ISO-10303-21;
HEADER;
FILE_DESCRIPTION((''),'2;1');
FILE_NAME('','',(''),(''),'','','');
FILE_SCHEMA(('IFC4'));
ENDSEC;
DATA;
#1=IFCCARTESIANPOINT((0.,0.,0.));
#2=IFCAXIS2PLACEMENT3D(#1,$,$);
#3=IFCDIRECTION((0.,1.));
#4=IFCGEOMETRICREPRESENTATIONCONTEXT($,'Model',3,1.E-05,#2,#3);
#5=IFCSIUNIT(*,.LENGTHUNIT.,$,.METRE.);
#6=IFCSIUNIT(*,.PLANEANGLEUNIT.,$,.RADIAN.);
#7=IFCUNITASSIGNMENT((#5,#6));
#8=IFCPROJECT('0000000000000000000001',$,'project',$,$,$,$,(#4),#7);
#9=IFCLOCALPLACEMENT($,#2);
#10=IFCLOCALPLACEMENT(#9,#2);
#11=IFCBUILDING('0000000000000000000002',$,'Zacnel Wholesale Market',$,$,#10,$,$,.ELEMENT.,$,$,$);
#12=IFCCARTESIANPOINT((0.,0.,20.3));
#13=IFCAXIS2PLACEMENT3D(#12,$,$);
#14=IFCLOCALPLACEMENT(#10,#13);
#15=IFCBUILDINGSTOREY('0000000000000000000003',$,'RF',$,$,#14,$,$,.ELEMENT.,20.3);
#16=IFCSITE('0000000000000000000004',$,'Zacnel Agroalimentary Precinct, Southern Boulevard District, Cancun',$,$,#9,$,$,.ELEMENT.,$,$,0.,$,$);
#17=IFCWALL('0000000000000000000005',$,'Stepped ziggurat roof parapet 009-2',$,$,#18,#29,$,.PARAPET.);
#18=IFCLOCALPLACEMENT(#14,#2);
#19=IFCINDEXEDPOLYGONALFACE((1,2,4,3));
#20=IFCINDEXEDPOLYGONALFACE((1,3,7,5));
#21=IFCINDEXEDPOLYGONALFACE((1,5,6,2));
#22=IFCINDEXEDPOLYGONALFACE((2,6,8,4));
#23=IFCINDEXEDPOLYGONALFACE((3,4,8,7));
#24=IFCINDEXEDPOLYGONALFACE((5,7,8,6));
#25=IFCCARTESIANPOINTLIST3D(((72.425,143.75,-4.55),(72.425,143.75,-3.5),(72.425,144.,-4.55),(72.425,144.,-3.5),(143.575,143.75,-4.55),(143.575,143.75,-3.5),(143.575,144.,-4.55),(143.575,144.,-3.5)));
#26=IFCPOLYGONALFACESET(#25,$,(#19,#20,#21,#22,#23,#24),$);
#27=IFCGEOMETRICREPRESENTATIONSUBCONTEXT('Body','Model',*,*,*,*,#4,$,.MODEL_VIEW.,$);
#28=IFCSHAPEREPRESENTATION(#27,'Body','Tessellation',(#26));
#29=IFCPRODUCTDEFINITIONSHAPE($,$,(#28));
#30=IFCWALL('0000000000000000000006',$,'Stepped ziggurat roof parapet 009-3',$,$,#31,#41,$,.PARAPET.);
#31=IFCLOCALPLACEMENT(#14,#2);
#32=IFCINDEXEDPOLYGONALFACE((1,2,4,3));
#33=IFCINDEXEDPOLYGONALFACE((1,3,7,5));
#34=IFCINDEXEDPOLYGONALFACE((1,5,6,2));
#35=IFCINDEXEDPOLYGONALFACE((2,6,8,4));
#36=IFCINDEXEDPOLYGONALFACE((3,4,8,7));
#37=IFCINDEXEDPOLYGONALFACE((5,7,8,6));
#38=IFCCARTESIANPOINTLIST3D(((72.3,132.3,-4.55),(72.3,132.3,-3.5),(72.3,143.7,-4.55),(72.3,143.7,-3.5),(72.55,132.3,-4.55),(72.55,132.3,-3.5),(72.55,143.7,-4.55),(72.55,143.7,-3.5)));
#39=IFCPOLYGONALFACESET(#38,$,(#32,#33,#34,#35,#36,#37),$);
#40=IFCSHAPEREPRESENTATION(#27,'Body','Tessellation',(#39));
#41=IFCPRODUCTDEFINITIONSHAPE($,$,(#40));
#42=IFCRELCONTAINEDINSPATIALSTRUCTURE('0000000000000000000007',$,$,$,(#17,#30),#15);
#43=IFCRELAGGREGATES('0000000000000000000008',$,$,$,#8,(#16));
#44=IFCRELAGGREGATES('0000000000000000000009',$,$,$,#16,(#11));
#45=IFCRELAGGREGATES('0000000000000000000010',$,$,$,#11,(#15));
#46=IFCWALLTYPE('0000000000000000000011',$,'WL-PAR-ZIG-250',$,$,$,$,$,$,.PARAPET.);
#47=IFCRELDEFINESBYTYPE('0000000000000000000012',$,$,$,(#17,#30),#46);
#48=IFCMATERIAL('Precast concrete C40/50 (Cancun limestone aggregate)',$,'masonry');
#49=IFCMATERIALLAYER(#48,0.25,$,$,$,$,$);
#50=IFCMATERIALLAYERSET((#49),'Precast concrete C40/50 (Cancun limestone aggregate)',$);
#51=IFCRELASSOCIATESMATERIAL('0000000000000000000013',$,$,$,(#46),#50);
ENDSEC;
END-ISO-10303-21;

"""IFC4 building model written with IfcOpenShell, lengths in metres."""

from ifc_helpers import new_model, si_unit, direction, frame, frame_2d, origin, place, context, subcontext, project, spatial, rectangle, extrude, material, layer, layer_set, type_object, element, save


model = new_model("IFC4")

# Units and contexts
model_context = context("Model", 3, precision=1e-05, world=origin(), true_north=direction((0.0, 1.0)))
body_context = subcontext(model_context, "Body", "Model", "MODEL_VIEW")
ifc_project = project(units=[si_unit("LENGTHUNIT", "METRE"), si_unit("PLANEANGLEUNIT", "RADIAN")], contexts=[model_context])

# Site, building, storey
site_placement = place(None, origin())
site = spatial("IfcSite", under=ifc_project, at=site_placement, Name="Zacnel Agroalimentary Precinct, Southern Boulevard District, Cancun", CompositionType="ELEMENT", RefElevation=0.0)
building_placement = place(site_placement, origin())
building = spatial("IfcBuilding", under=site, at=building_placement, Name="Zacnel Wholesale Market", CompositionType="ELEMENT")
storey_placement = place(building_placement, frame((0.0, 0.0, 20.3)))
storey = spatial("IfcBuildingStorey", under=building, at=storey_placement, Name="RF", CompositionType="ELEMENT", Elevation=20.3)

# Walls
ifc_material_1 = material(Name="Precast concrete C40/50 (Cancun limestone aggregate)", Category="masonry")
ifc_layer_1 = layer(ifc_material_1, 0.25)
ifc_layer_set_1 = layer_set([ifc_layer_1], Name="Precast concrete C40/50 (Cancun limestone aggregate)")
wall_type = type_object("IfcWallType", Name="WL-PAR-ZIG-250", PredefinedType="PARAPET", material=ifc_layer_set_1)
for number, where, z_axis, x_axis, name in (
    (1, (72.425, 143.875, -4.55), (0.0, 0.0, 1.0), (1.0, 0.0, 0.0), "Stepped ziggurat roof parapet 009-2"),
):
    element("IfcWall", number, at=place(storey_placement, frame(where, z_axis=z_axis, x_axis=x_axis)), inside=storey, type_object=wall_type, Name=name, PredefinedType="PARAPET", context=body_context, shape_type="SweptSolid", body=[
        extrude(rectangle(XDim=71.1499, YDim=0.25, at=frame_2d((35.575, 0.0))), origin(), (0.0, 0.0, 1.0), 1.05),
    ])
wall_1_placement = place(storey_placement, frame((72.425, 132.3, -4.55), z_axis=(0.0, 0.0, 1.0), x_axis=(0.0, 1.0, 0.0)))
element("IfcWall", 2, at=wall_1_placement, inside=storey, type_object=wall_type, Name="Stepped ziggurat roof parapet 009-3", PredefinedType="PARAPET", context=body_context, shape_type="SweptSolid", body=[
    extrude(rectangle(XDim=11.3999, YDim=0.25, at=frame_2d((5.7, 0.0))), origin(), (0.0, 0.0, 1.0), 1.05),
])

save(model, "model.ifc")
